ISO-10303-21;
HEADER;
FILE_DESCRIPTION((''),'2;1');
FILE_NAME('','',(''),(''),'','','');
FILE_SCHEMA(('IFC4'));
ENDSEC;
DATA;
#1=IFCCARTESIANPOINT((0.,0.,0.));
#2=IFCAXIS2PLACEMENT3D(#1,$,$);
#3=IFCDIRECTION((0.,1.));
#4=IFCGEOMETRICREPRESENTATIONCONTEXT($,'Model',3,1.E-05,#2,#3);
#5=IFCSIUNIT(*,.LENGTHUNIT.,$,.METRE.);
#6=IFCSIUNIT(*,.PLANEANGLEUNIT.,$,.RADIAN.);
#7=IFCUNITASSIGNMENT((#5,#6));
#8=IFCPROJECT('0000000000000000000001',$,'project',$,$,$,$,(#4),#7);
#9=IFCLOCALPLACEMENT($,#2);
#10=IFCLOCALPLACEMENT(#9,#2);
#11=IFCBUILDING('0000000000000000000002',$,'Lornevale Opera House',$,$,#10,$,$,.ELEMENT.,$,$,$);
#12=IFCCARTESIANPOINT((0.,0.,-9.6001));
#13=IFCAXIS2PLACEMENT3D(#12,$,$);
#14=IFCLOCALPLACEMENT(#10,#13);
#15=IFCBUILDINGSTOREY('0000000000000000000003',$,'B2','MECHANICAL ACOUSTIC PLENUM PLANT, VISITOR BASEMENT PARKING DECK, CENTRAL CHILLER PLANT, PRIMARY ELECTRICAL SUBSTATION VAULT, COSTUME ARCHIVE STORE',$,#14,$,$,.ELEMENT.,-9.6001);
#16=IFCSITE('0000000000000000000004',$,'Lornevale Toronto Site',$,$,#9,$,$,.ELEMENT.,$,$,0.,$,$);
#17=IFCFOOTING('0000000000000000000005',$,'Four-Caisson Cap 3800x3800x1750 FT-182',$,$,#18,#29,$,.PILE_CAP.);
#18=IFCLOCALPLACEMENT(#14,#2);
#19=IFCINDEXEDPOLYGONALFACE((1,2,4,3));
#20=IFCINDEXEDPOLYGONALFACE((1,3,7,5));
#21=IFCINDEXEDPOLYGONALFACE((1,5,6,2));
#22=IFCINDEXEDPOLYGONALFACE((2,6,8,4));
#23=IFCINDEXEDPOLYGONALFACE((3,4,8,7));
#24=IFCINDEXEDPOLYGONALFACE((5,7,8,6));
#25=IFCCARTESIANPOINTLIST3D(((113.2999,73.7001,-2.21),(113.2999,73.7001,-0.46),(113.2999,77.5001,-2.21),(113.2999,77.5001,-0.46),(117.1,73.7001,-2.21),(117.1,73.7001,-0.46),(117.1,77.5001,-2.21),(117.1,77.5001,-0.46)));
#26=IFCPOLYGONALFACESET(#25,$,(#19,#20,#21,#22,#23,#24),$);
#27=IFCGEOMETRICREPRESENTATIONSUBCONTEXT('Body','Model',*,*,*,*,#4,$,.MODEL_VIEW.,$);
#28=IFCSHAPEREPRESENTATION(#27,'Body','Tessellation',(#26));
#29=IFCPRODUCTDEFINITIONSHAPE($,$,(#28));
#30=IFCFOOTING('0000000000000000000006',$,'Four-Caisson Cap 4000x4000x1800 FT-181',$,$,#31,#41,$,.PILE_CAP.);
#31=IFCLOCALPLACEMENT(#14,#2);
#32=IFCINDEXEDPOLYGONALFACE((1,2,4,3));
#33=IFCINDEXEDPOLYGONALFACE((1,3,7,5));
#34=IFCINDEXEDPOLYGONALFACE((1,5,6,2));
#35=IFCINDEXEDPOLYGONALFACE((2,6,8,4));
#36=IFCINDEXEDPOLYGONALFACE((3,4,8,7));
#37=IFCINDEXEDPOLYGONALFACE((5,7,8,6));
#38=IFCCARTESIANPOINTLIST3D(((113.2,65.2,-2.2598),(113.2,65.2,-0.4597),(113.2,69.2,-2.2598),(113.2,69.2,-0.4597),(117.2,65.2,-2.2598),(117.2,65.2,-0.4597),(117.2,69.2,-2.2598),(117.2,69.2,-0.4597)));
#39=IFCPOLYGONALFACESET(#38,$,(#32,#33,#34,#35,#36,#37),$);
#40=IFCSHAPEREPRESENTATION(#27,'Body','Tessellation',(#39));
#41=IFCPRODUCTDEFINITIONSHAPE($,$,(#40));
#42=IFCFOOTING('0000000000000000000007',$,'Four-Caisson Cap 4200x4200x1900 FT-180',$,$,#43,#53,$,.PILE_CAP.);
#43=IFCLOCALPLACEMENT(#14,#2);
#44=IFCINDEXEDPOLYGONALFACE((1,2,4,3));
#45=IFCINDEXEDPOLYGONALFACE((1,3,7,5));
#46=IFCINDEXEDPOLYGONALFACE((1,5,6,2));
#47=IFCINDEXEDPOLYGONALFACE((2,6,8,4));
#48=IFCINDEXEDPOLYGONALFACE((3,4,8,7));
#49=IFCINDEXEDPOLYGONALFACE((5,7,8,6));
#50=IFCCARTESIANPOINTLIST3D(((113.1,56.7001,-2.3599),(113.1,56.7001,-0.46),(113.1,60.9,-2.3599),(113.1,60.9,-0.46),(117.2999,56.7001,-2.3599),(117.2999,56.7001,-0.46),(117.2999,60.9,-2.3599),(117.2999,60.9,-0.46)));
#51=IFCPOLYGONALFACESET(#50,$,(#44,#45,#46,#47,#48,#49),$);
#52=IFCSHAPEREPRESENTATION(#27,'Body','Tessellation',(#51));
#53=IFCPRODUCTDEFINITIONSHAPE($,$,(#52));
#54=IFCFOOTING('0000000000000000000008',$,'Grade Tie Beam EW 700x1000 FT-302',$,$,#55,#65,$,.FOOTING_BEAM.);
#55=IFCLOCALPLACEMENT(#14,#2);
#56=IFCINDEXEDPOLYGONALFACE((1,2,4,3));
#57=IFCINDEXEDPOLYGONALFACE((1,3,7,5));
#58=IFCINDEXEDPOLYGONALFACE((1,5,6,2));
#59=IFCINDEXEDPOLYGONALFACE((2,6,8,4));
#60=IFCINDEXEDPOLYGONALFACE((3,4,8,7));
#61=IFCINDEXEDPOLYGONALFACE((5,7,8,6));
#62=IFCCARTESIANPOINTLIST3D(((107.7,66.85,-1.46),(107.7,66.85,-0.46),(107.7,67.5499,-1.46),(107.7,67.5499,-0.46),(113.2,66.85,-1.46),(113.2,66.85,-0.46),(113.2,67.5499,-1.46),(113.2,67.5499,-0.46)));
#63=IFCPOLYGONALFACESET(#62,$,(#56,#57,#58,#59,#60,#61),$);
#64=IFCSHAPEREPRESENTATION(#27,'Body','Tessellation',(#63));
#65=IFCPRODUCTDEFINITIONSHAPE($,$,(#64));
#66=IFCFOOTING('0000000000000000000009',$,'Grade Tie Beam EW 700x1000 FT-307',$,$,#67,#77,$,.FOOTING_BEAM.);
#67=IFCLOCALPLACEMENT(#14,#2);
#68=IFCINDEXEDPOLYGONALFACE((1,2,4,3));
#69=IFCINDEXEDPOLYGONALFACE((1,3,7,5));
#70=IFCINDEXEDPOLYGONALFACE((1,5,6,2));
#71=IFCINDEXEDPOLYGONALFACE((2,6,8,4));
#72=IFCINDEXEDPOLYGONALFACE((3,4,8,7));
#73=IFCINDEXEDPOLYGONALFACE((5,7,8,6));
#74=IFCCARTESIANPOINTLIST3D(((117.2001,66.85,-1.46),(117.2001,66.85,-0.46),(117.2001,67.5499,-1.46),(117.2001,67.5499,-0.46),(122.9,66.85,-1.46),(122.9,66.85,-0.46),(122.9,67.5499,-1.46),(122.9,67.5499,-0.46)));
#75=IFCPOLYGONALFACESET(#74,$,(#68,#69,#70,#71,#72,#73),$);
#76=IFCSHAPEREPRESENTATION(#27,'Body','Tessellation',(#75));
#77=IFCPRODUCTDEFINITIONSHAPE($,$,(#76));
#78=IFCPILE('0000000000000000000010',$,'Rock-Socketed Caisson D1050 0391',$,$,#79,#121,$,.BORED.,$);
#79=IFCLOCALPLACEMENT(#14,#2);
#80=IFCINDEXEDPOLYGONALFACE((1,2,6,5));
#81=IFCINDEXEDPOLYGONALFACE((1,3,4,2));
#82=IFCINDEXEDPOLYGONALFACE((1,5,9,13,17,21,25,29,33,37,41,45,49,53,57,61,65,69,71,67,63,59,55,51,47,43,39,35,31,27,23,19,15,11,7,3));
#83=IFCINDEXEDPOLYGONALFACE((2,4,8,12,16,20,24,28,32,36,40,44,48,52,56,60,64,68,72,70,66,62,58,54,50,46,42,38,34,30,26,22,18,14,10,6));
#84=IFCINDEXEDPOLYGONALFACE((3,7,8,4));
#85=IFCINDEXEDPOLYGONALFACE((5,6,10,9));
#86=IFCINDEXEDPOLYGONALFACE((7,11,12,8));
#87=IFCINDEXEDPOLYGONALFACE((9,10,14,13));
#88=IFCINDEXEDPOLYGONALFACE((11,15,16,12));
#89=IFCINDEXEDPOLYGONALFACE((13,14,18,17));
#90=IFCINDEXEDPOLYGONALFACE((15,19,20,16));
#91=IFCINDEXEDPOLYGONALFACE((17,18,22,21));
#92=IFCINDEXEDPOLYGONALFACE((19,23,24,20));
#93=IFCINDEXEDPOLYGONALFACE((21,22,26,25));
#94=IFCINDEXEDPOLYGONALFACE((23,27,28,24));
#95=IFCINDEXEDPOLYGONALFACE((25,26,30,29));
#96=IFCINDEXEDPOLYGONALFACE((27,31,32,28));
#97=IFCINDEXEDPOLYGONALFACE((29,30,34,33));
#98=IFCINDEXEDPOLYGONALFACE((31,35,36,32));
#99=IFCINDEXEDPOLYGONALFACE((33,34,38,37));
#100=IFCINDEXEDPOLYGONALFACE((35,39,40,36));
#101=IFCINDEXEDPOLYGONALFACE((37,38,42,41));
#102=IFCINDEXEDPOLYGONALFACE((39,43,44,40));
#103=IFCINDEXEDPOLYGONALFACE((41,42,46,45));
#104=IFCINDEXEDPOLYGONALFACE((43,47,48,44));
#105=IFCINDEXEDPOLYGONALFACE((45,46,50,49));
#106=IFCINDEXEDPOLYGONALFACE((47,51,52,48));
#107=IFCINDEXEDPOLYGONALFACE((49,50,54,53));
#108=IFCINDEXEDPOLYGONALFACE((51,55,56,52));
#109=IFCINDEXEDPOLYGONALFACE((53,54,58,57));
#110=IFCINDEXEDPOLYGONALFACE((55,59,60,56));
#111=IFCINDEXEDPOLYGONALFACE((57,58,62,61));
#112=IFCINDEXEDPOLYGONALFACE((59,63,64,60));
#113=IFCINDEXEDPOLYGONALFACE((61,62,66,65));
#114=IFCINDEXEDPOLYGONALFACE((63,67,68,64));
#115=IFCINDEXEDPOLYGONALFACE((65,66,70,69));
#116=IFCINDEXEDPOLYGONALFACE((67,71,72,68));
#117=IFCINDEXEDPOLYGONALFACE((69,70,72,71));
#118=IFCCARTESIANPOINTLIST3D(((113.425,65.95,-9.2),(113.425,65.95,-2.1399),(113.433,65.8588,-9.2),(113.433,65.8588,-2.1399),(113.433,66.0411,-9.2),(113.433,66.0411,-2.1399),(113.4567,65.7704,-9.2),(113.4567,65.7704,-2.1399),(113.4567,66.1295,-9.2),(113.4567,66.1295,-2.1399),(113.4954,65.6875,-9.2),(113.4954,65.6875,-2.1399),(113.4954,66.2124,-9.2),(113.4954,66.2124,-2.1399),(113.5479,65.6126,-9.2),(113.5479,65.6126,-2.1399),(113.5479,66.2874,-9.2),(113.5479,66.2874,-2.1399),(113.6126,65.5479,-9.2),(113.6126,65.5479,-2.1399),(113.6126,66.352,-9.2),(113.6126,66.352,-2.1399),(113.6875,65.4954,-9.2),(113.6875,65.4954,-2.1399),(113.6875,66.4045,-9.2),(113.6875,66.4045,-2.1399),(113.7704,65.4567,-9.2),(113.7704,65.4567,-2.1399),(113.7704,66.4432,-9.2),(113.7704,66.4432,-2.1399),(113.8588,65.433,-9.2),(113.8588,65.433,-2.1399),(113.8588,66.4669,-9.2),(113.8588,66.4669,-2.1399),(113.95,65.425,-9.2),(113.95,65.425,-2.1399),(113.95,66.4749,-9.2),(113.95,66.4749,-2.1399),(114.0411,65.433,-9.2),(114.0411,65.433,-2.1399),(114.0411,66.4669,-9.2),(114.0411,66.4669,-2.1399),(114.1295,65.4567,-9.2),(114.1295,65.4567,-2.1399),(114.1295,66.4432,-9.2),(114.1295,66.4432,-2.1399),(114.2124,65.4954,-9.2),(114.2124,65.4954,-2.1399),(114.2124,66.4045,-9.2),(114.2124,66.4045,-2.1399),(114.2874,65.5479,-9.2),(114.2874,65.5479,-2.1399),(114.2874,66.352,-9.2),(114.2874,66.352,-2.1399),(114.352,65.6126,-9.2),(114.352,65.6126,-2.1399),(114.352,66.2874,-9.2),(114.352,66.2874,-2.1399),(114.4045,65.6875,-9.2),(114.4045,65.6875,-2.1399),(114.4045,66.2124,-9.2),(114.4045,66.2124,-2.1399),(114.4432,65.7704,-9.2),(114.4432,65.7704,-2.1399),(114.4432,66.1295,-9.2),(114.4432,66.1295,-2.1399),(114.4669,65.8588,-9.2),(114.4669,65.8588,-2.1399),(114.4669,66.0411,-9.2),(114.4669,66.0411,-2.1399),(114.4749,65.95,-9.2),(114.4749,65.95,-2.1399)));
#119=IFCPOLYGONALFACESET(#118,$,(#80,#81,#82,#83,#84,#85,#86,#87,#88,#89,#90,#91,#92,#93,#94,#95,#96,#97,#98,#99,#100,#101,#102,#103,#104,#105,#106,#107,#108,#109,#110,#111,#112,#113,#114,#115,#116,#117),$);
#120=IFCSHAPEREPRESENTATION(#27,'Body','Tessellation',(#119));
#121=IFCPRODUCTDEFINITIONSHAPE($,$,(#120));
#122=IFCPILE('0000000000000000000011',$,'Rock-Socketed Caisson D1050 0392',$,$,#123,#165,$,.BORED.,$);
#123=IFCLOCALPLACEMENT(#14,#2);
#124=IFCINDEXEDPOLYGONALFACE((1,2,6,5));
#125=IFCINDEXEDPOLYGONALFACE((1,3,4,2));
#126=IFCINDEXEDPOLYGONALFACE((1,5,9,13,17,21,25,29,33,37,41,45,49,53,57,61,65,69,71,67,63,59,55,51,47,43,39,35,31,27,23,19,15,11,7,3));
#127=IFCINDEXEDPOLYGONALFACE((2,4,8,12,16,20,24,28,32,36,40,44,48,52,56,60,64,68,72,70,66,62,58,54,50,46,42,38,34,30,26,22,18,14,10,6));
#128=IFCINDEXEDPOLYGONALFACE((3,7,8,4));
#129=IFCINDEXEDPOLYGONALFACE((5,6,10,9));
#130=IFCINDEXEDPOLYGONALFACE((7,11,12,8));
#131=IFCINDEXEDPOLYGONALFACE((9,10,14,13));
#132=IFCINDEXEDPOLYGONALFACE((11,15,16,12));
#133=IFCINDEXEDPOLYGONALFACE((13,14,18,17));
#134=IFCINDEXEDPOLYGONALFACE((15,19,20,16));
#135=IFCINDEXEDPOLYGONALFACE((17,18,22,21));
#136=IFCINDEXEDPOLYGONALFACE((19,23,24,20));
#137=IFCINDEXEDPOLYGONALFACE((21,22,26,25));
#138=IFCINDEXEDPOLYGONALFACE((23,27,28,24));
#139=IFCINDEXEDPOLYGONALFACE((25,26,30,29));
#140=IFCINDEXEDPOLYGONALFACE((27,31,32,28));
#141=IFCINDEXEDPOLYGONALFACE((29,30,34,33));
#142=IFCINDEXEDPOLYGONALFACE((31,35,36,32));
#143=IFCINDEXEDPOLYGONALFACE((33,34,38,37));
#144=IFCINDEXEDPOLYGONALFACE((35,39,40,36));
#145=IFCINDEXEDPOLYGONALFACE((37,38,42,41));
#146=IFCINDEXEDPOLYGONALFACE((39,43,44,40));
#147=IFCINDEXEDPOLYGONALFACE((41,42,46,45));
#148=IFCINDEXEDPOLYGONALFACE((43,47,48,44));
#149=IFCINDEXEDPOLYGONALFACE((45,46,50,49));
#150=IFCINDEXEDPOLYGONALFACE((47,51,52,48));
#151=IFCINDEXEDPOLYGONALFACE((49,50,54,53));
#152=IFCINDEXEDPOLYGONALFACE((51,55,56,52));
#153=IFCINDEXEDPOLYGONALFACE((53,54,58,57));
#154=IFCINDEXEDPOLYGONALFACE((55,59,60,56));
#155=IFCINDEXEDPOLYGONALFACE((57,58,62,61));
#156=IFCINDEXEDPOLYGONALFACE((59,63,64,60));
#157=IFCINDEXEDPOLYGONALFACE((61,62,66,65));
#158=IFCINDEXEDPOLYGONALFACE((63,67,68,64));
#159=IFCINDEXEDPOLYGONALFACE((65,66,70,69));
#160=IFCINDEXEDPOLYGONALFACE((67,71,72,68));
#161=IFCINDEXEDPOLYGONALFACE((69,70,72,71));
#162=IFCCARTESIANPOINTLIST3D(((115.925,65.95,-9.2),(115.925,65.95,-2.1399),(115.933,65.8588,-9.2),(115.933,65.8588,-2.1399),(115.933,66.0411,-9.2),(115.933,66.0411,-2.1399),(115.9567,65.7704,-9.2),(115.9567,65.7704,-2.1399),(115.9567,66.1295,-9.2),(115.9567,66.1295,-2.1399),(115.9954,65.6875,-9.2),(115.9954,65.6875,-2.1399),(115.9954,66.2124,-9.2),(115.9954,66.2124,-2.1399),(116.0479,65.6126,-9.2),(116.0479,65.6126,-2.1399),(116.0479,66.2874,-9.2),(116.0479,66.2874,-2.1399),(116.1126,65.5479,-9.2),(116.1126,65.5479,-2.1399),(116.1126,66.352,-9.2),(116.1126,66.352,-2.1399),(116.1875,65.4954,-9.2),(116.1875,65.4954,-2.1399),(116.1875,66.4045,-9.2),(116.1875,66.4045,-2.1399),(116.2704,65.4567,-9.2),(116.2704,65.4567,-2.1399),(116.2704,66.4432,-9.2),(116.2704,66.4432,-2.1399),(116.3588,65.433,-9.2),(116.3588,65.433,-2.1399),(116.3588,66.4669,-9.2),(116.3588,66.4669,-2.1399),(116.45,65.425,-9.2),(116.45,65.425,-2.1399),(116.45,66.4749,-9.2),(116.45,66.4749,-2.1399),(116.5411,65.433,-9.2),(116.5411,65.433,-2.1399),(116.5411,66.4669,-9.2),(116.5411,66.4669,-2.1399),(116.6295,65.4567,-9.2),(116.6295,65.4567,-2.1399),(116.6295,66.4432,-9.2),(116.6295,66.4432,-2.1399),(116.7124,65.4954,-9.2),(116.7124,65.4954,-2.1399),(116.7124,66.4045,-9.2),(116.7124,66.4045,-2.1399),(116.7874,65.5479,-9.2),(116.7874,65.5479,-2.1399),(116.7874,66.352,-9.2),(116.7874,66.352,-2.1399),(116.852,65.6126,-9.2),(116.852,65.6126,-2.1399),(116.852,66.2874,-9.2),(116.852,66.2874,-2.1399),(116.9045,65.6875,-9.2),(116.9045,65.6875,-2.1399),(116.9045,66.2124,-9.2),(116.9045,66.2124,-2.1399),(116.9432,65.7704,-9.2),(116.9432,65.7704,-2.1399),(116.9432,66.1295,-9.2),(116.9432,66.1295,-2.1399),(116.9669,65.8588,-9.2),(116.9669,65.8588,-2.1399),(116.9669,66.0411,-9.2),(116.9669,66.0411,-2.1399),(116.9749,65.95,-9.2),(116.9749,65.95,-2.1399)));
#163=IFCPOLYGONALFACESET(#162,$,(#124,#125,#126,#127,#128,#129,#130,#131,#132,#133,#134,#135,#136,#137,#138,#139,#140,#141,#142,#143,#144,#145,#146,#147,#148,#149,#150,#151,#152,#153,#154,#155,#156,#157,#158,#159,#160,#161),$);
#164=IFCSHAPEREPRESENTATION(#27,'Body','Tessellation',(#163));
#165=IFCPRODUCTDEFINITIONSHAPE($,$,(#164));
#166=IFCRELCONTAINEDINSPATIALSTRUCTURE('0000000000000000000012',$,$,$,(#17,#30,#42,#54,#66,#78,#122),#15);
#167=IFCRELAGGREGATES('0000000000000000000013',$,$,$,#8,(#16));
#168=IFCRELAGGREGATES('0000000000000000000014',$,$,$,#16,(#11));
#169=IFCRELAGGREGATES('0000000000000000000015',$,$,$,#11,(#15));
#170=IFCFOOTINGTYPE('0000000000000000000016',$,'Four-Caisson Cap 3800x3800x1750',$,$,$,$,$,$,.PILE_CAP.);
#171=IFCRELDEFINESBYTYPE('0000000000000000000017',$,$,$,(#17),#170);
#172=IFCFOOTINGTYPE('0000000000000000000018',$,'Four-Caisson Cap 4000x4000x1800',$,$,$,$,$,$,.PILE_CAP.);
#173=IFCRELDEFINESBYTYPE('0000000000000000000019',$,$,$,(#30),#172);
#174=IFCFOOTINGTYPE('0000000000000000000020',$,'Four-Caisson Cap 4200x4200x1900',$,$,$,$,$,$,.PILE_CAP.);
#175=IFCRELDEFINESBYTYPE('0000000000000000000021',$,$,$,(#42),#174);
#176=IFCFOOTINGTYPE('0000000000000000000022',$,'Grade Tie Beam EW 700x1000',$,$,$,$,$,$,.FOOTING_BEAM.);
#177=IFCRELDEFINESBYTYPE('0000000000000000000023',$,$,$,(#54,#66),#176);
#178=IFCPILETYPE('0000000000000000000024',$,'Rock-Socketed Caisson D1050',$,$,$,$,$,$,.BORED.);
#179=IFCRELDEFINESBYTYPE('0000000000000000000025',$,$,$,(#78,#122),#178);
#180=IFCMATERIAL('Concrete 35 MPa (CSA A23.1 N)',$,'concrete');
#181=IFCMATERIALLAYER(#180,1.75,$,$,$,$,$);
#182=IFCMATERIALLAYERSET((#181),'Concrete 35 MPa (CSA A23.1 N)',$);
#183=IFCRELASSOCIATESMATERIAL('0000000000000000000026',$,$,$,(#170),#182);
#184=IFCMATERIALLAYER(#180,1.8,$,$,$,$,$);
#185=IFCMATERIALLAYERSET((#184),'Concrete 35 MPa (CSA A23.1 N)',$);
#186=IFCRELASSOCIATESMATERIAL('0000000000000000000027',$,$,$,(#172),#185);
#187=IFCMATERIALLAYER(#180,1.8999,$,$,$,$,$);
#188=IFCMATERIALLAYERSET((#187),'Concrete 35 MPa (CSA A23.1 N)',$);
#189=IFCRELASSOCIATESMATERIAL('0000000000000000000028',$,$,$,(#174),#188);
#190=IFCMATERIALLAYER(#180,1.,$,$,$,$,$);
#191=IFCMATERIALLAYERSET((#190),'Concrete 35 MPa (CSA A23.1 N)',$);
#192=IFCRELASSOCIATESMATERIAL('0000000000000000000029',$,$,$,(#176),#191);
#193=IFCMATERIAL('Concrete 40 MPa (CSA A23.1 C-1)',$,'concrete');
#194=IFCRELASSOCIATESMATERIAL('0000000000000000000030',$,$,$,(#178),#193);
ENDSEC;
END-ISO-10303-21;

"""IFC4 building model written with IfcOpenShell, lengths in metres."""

from ifc_helpers import new_model, si_unit, direction, frame, origin, origin_2d, place, context, subcontext, project, spatial, rectangle, circle, extrude, material, layer, layer_set, material_profile, profile_set, type_object, element, save


model = new_model("IFC4")

# Units and contexts
model_context = context("Model", 3, precision=1e-05, world=origin(), true_north=direction((0.0, 1.0)))
body_context = subcontext(model_context, "Body", "Model", "MODEL_VIEW")
ifc_project = project(units=[si_unit("LENGTHUNIT", "METRE"), si_unit("PLANEANGLEUNIT", "RADIAN")], contexts=[model_context])

# Site, building, storey
site_placement = place(None, origin())
site = spatial("IfcSite", under=ifc_project, at=site_placement, Name="Lornevale Toronto Site", CompositionType="ELEMENT", RefElevation=0.0)
building_placement = place(site_placement, origin())
building = spatial("IfcBuilding", under=site, at=building_placement, Name="Lornevale Opera House", CompositionType="ELEMENT")
storey_placement = place(building_placement, frame((0.0, 0.0, -9.6001)))
storey = spatial("IfcBuildingStorey", under=building, at=storey_placement, Name="B2", Description="MECHANICAL ACOUSTIC PLENUM PLANT, VISITOR BASEMENT PARKING DECK, CENTRAL CHILLER PLANT, PRIMARY ELECTRICAL SUBSTATION VAULT, COSTUME ARCHIVE STORE", CompositionType="ELEMENT", Elevation=-9.6001)

# Footings
ifc_material_1 = material(Name="Concrete 35 MPa (CSA A23.1 N)", Category="concrete")
ifc_layer_1 = layer(ifc_material_1, 1.75)
ifc_layer_set_1 = layer_set([ifc_layer_1], Name="Concrete 35 MPa (CSA A23.1 N)")
footing_type_1 = type_object("IfcFootingType", Name="Four-Caisson Cap 3800x3800x1750", PredefinedType="PILE_CAP", material=ifc_layer_set_1)
footing_1_placement = place(storey_placement, frame((115.2, 75.6001, -2.21), z_axis=(0.0, 0.0, 1.0), x_axis=(1.0, 0.0, 0.0)))
element("IfcFooting", 1, at=footing_1_placement, inside=storey, type_object=footing_type_1, Name="Four-Caisson Cap 3800x3800x1750 FT-182", PredefinedType="PILE_CAP", context=body_context, shape_type="SweptSolid", body=[
    extrude(rectangle(XDim=3.8, YDim=3.8, at=origin_2d()), origin(), (0.0, 0.0, 1.0), 1.75),
])
ifc_layer_2 = layer(ifc_material_1, 1.8)
ifc_layer_set_2 = layer_set([ifc_layer_2], Name="Concrete 35 MPa (CSA A23.1 N)")
footing_type_2 = type_object("IfcFootingType", Name="Four-Caisson Cap 4000x4000x1800", PredefinedType="PILE_CAP", material=ifc_layer_set_2)
footing_2_placement = place(storey_placement, frame((115.2, 67.2, -2.2598), z_axis=(0.0, 0.0, 1.0), x_axis=(1.0, 0.0, 0.0)))
element("IfcFooting", 2, at=footing_2_placement, inside=storey, type_object=footing_type_2, Name="Four-Caisson Cap 4000x4000x1800 FT-181", PredefinedType="PILE_CAP", context=body_context, shape_type="SweptSolid", body=[
    extrude(rectangle(XDim=4.0, YDim=4.0, at=origin_2d()), origin(), (0.0, 0.0, 1.0), 1.8),
])
ifc_layer_3 = layer(ifc_material_1, 1.8999)
ifc_layer_set_3 = layer_set([ifc_layer_3], Name="Concrete 35 MPa (CSA A23.1 N)")
footing_type_3 = type_object("IfcFootingType", Name="Four-Caisson Cap 4200x4200x1900", PredefinedType="PILE_CAP", material=ifc_layer_set_3)
footing_3_placement = place(storey_placement, frame((115.2, 58.8, -2.3599), z_axis=(0.0, 0.0, 1.0), x_axis=(1.0, 0.0, 0.0)))
element("IfcFooting", 3, at=footing_3_placement, inside=storey, type_object=footing_type_3, Name="Four-Caisson Cap 4200x4200x1900 FT-180", PredefinedType="PILE_CAP", context=body_context, shape_type="SweptSolid", body=[
    extrude(rectangle(XDim=4.2, YDim=4.2, at=origin_2d()), origin(), (0.0, 0.0, 1.0), 1.8999),
])
ifc_layer_4 = layer(ifc_material_1, 1.0)
ifc_layer_set_4 = layer_set([ifc_layer_4], Name="Concrete 35 MPa (CSA A23.1 N)")
footing_type_4 = type_object("IfcFootingType", Name="Grade Tie Beam EW 700x1000", PredefinedType="FOOTING_BEAM", material=ifc_layer_set_4)
footing_4_placement = place(storey_placement, frame((110.45, 67.2, -1.46), z_axis=(0.0, 0.0, 1.0), x_axis=(1.0, 0.0, 0.0)))
element("IfcFooting", 4, at=footing_4_placement, inside=storey, type_object=footing_type_4, Name="Grade Tie Beam EW 700x1000 FT-302", PredefinedType="FOOTING_BEAM", context=body_context, shape_type="SweptSolid", body=[
    extrude(rectangle(XDim=5.5, YDim=0.7, at=origin_2d()), origin(), (0.0, 0.0, 1.0), 1.0),
])
footing_5_placement = place(storey_placement, frame((120.05, 67.2, -1.46), z_axis=(0.0, 0.0, 1.0), x_axis=(1.0, 0.0, 0.0)))
element("IfcFooting", 5, at=footing_5_placement, inside=storey, type_object=footing_type_4, Name="Grade Tie Beam EW 700x1000 FT-307", PredefinedType="FOOTING_BEAM", context=body_context, shape_type="SweptSolid", body=[
    extrude(rectangle(XDim=5.7, YDim=0.7, at=origin_2d()), origin(), (0.0, 0.0, 1.0), 1.0),
])

# Piles
ifc_material_2 = material(Name="Concrete 40 MPa (CSA A23.1 C-1)", Category="concrete")
ifc_material_profile_1 = material_profile(ifc_material_2, circle(Radius=0.5249, at=origin_2d()), Name="CAIS1050")
ifc_profile_set_1 = profile_set([ifc_material_profile_1], Name="Concrete 40 MPa (CSA A23.1 C-1)")
pile_type_1 = type_object("IfcPileType", Name="Rock-Socketed Caisson D1050", PredefinedType="BORED", material=ifc_profile_set_1)
for number, where, z_axis, x_axis, name in (
    (6, (113.95, 65.95, -2.1399), (0.0, 0.0, -1.0), (1.0, 0.0, 0.0), "Rock-Socketed Caisson D1050 0391"),
    (7, (116.45, 65.95, -2.1399), (0.0, 0.0, -1.0), (1.0, 0.0, 0.0), "Rock-Socketed Caisson D1050 0392"),
):
    element("IfcPile", number, at=place(storey_placement, frame(where, z_axis=z_axis, x_axis=x_axis)), inside=storey, type_object=pile_type_1, Name=name, PredefinedType="BORED", context=body_context, shape_type="SweptSolid", body=[
        extrude(circle(Radius=0.5249, at=origin_2d()), origin(), (0.0, 0.0, 1.0), 7.0601),
    ])

save(model, "model.ifc")
